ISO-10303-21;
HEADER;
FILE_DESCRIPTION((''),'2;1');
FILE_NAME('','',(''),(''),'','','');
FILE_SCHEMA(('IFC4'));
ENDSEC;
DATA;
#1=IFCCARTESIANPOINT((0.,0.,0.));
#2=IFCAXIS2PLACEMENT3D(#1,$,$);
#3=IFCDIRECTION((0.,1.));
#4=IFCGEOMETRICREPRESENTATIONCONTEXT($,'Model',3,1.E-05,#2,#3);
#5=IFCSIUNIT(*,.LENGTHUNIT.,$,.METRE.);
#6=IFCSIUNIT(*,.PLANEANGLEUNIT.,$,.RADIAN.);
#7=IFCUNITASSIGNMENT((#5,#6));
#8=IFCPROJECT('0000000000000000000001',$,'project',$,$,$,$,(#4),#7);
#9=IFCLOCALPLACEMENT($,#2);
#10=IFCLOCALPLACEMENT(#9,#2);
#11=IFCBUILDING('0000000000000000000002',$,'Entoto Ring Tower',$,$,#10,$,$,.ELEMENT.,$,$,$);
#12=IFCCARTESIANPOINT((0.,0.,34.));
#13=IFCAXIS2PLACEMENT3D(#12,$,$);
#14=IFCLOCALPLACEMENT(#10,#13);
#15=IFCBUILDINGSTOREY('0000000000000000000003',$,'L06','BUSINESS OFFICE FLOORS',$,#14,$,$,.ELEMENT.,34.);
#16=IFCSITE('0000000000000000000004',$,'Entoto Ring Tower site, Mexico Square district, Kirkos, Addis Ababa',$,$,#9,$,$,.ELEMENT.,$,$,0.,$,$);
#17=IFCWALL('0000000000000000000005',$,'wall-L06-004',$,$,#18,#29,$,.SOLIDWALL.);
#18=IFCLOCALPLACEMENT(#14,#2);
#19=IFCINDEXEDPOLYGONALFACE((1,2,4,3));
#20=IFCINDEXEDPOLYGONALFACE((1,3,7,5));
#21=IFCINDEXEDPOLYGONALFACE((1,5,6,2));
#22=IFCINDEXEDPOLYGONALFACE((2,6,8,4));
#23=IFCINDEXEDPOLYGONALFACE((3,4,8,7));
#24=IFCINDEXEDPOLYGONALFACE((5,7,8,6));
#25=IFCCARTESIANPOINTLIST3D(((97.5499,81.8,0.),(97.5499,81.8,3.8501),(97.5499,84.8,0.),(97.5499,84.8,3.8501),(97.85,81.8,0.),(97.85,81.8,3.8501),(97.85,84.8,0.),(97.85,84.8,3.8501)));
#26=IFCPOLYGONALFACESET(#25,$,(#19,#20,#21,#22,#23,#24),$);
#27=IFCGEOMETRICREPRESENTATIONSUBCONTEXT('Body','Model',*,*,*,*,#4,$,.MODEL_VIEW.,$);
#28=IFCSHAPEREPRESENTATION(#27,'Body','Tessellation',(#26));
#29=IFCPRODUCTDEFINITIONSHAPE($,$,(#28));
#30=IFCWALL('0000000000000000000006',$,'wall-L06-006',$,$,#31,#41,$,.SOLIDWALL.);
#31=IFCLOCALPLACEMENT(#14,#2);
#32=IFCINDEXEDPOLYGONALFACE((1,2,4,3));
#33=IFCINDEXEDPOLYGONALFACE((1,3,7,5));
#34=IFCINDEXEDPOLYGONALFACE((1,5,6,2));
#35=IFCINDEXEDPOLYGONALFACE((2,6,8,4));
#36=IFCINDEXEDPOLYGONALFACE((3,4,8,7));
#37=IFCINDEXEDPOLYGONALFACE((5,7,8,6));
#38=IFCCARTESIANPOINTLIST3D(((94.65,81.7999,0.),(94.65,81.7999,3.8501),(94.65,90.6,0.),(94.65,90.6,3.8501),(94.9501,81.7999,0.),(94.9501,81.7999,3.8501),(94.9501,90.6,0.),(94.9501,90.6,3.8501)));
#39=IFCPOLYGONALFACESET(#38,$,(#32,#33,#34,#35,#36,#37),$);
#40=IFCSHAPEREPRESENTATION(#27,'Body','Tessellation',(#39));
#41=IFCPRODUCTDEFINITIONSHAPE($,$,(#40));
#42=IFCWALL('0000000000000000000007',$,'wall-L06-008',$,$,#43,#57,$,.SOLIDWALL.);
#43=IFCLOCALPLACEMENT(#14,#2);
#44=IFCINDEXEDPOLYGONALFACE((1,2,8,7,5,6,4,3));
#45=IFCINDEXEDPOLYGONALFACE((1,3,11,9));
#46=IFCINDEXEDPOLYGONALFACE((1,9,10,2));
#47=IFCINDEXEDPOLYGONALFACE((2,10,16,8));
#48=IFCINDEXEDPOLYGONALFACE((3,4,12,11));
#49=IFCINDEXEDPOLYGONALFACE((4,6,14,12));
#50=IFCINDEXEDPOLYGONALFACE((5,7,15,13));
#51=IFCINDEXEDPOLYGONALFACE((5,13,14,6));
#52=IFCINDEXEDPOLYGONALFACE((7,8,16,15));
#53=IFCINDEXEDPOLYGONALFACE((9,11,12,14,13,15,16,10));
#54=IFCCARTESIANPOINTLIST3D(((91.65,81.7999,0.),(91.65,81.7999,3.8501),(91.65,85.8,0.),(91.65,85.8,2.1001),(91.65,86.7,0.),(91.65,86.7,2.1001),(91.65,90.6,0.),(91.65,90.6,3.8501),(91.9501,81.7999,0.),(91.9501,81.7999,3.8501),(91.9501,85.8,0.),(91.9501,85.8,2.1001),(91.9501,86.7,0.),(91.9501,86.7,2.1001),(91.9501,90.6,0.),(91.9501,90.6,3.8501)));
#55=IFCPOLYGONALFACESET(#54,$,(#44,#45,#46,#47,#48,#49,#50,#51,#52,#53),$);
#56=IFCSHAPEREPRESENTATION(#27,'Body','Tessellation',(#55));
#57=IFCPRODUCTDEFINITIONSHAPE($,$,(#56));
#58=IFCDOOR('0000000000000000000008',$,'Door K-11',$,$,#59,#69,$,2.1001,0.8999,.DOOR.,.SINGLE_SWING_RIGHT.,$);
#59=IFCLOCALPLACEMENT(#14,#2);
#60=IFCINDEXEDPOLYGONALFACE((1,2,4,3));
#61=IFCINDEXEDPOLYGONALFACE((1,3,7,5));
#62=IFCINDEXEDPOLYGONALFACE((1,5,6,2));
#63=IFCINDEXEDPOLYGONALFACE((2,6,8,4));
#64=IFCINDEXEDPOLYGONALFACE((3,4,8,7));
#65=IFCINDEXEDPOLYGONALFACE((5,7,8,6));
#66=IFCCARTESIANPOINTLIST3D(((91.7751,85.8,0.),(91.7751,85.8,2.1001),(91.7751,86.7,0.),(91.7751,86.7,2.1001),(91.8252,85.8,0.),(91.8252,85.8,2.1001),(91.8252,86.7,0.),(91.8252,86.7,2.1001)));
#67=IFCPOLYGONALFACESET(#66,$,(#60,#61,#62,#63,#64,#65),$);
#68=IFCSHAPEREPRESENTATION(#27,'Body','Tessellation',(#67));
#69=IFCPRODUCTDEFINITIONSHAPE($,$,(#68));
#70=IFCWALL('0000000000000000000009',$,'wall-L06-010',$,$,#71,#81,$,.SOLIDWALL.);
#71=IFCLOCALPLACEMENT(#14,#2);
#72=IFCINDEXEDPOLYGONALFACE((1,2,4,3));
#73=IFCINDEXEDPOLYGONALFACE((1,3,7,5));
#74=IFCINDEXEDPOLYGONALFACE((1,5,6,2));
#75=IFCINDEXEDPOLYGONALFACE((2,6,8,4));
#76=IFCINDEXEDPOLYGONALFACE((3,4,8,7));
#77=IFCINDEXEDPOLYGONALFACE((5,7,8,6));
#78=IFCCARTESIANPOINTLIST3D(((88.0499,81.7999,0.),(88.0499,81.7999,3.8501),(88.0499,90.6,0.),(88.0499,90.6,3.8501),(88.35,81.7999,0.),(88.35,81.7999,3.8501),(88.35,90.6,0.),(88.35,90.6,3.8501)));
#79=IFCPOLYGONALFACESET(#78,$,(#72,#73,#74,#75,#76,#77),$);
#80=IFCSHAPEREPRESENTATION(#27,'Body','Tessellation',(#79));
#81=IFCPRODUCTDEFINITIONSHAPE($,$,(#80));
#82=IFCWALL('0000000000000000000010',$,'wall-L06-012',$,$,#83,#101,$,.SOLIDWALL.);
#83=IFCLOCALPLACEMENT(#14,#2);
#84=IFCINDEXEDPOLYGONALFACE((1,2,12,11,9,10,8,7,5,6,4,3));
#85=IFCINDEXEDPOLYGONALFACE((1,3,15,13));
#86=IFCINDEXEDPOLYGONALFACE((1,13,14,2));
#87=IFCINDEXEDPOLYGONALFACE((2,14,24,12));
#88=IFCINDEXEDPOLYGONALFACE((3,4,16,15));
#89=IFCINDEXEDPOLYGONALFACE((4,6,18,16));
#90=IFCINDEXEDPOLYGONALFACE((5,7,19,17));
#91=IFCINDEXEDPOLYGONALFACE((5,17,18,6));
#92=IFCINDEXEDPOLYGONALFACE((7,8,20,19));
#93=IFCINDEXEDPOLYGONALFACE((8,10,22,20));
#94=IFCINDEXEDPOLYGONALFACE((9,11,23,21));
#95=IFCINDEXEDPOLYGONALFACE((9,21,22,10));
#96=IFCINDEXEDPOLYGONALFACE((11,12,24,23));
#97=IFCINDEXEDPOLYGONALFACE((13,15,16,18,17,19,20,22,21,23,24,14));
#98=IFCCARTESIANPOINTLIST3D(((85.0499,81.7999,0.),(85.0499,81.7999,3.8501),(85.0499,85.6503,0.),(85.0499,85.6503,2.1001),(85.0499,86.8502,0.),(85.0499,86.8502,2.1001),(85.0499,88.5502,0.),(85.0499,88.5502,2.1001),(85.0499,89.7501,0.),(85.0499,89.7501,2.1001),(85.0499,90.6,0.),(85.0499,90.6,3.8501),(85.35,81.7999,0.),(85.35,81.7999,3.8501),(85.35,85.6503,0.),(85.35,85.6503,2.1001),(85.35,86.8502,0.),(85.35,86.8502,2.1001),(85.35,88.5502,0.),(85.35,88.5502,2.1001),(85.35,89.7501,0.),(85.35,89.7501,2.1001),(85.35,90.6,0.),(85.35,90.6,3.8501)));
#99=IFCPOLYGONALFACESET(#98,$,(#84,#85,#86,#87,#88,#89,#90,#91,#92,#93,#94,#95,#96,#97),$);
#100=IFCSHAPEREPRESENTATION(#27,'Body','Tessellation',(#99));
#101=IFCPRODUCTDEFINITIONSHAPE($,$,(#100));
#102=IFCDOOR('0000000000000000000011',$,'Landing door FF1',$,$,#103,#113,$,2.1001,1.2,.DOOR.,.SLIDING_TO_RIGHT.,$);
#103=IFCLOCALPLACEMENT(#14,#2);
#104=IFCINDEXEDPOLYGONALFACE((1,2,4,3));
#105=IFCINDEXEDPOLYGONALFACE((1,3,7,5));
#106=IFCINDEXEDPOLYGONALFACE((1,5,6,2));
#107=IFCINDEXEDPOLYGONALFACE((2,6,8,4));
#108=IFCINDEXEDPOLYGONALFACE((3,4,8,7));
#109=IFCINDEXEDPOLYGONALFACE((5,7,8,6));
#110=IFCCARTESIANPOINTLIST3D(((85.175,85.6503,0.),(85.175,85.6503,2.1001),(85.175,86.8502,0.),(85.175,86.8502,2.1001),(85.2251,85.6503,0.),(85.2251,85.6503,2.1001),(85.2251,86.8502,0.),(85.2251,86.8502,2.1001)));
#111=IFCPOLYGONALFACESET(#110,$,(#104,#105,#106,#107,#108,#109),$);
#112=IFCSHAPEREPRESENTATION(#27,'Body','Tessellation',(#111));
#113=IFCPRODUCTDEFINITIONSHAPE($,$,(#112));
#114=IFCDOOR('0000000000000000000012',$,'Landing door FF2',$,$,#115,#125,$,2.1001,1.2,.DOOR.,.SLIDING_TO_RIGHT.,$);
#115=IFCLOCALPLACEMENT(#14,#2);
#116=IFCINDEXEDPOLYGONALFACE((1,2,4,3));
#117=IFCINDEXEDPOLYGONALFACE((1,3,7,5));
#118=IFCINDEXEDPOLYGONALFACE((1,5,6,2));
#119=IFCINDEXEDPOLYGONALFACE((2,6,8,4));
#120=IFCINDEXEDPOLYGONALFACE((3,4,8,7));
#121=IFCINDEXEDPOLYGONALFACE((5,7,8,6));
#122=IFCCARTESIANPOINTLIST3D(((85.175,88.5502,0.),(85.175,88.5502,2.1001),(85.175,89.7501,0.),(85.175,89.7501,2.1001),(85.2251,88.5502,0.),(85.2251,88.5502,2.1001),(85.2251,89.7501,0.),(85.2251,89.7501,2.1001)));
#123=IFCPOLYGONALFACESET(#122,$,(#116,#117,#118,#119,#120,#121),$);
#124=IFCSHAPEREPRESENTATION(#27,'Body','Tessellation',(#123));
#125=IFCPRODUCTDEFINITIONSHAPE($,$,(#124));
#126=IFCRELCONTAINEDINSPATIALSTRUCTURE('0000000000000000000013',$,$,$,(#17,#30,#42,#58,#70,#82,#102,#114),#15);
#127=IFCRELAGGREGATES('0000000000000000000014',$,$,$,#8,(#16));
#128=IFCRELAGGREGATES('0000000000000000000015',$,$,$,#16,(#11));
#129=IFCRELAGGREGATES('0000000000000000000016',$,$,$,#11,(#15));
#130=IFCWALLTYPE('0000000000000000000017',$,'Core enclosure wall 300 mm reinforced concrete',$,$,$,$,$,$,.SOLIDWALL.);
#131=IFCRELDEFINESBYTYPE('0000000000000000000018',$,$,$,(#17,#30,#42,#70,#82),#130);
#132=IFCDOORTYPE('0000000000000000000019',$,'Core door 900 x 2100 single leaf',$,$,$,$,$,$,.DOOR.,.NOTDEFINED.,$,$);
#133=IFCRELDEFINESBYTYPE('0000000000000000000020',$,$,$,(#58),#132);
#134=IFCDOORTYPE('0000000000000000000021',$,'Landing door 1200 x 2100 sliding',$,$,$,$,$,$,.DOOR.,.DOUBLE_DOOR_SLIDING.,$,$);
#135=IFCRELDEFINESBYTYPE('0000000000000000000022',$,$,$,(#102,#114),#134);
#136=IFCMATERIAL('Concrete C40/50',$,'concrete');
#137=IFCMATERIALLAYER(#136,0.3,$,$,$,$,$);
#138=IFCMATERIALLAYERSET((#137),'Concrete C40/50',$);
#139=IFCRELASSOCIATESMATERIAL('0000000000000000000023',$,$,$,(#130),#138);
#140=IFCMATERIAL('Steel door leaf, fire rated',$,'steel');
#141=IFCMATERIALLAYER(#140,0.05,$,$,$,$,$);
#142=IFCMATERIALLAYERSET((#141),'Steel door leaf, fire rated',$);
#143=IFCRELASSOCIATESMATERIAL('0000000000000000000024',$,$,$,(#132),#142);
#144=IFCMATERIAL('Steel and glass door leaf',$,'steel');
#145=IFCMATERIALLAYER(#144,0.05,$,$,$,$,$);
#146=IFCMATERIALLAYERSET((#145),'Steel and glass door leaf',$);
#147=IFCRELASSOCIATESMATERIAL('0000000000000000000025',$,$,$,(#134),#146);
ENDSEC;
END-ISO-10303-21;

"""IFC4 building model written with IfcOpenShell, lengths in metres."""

from ifc_helpers import new_model, si_unit, direction, frame, frame_2d, origin, place, context, subcontext, project, spatial, rectangle, extrude, material, layer, layer_set, type_object, element, fill, save


model = new_model("IFC4")

# Units and contexts
model_context = context("Model", 3, precision=1e-05, world=origin(), true_north=direction((0.0, 1.0)))
body_context = subcontext(model_context, "Body", "Model", "MODEL_VIEW")
ifc_project = project(units=[si_unit("LENGTHUNIT", "METRE"), si_unit("PLANEANGLEUNIT", "RADIAN")], contexts=[model_context])

# Site, building, storey
site_placement = place(None, origin())
site = spatial("IfcSite", under=ifc_project, at=site_placement, Name="Entoto Ring Tower site, Mexico Square district, Kirkos, Addis Ababa", CompositionType="ELEMENT", RefElevation=0.0)
building_placement = place(site_placement, origin())
building = spatial("IfcBuilding", under=site, at=building_placement, Name="Entoto Ring Tower", CompositionType="ELEMENT")
storey_placement = place(building_placement, frame((0.0, 0.0, 34.0)))
storey = spatial("IfcBuildingStorey", under=building, at=storey_placement, Name="L06", Description="BUSINESS OFFICE FLOORS", CompositionType="ELEMENT", Elevation=34.0)

# Walls
ifc_material_1 = material(Name="Concrete C40/50", Category="concrete")
ifc_layer_1 = layer(ifc_material_1, 0.3)
ifc_layer_set_1 = layer_set([ifc_layer_1], Name="Concrete C40/50")
wall_type = type_object("IfcWallType", Name="Core enclosure wall 300 mm reinforced concrete", PredefinedType="SOLIDWALL", material=ifc_layer_set_1)
wall_1_placement = place(storey_placement, frame((97.7, 81.8, 0.0), z_axis=(0.0, 0.0, 1.0), x_axis=(0.0, 1.0, 0.0)))
element("IfcWall", 1, at=wall_1_placement, inside=storey, type_object=wall_type, Name="wall-L06-004", PredefinedType="SOLIDWALL", context=body_context, shape_type="SweptSolid", body=[
    extrude(rectangle(XDim=3.0, YDim=0.3, at=frame_2d((1.5, 0.0))), origin(), (0.0, 0.0, 1.0), 3.8501),
])
wall_2_placement = place(storey_placement, frame((94.8, 81.8, 0.0), z_axis=(0.0, 0.0, 1.0), x_axis=(0.0, 1.0, 0.0)))
element("IfcWall", 2, at=wall_2_placement, inside=storey, type_object=wall_type, Name="wall-L06-006", PredefinedType="SOLIDWALL", context=body_context, shape_type="SweptSolid", body=[
    extrude(rectangle(XDim=8.8, YDim=0.3, at=frame_2d((4.3999, 0.0))), origin(), (0.0, 0.0, 1.0), 3.8501),
])

# Wall, opening, door
wall_3_placement = place(storey_placement, frame((91.8, 81.8, 0.0), z_axis=(0.0, 0.0, 1.0), x_axis=(0.0, 1.0, 0.0)))
wall_3 = element("IfcWall", 3, at=wall_3_placement, inside=storey, type_object=wall_type, Name="wall-L06-008", PredefinedType="SOLIDWALL", context=body_context, shape_type="SweptSolid", body=[
    extrude(rectangle(XDim=8.8, YDim=0.3, at=frame_2d((4.3999, 0.0))), origin(), (0.0, 0.0, 1.0), 3.8501),
])
opening_1_placement = place(wall_3_placement, frame((4.0, 0.0, 0.0)))
opening_1 = element("IfcOpeningElement", 4, at=opening_1_placement, cuts=wall_3, PredefinedType="OPENING", context=body_context, shape_type="SweptSolid", body=[
    extrude(rectangle(XDim=0.8999, YDim=2.1001, at=frame_2d((0.45, 1.05))), frame((0.0, 0.1602, 0.0), z_axis=(0.0, -1.0, 0.0), x_axis=(1.0, 0.0, 0.0)), (0.0, 0.0, 1.0), 0.3201),
])
ifc_material_2 = material(Name="Steel door leaf, fire rated", Category="steel")
ifc_layer_2 = layer(ifc_material_2, 0.05)
ifc_layer_set_2 = layer_set([ifc_layer_2], Name="Steel door leaf, fire rated")
door_type_1 = type_object("IfcDoorType", Name="Core door 900 x 2100 single leaf", OperationType="NOTDEFINED", PredefinedType="DOOR", material=ifc_layer_set_2)
door_1_placement = place(opening_1_placement, origin())
door_1 = element("IfcDoor", 5, at=door_1_placement, inside=storey, type_object=door_type_1, Name="Door K-11", OperationType="SINGLE_SWING_RIGHT", OverallHeight=2.1001, OverallWidth=0.8999, PredefinedType="DOOR", context=body_context, shape_type="SweptSolid", body=[
    extrude(rectangle(XDim=0.8999, YDim=2.1001, at=frame_2d((0.45, 1.05))), frame((0.0, 0.0249, 0.0), z_axis=(0.0, -1.0, 0.0), x_axis=(1.0, 0.0, 0.0)), (0.0, 0.0, 1.0), 0.05),
])
fill(opening_1, door_1)

# Wall
wall_4_placement = place(storey_placement, frame((88.2, 81.8, 0.0), z_axis=(0.0, 0.0, 1.0), x_axis=(0.0, 1.0, 0.0)))
element("IfcWall", 6, at=wall_4_placement, inside=storey, type_object=wall_type, Name="wall-L06-010", PredefinedType="SOLIDWALL", context=body_context, shape_type="SweptSolid", body=[
    extrude(rectangle(XDim=8.8, YDim=0.3, at=frame_2d((4.3999, 0.0))), origin(), (0.0, 0.0, 1.0), 3.8501),
])

# Wall, openings, doors
wall_5_placement = place(storey_placement, frame((85.2, 81.8, 0.0), z_axis=(0.0, 0.0, 1.0), x_axis=(0.0, 1.0, 0.0)))
wall_5 = element("IfcWall", 7, at=wall_5_placement, inside=storey, type_object=wall_type, Name="wall-L06-012", PredefinedType="SOLIDWALL", context=body_context, shape_type="SweptSolid", body=[
    extrude(rectangle(XDim=8.8, YDim=0.3, at=frame_2d((4.3999, 0.0))), origin(), (0.0, 0.0, 1.0), 3.8501),
])
opening_2_placement = place(wall_5_placement, frame((3.8501, 0.0, 0.0)))
opening_2 = element("IfcOpeningElement", 8, at=opening_2_placement, cuts=wall_5, PredefinedType="OPENING", context=body_context, shape_type="SweptSolid", body=[
    extrude(rectangle(XDim=1.2, YDim=2.1001, at=frame_2d((0.6001, 1.05))), frame((0.0, 0.1602, 0.0), z_axis=(0.0, -1.0, 0.0), x_axis=(1.0, 0.0, 0.0)), (0.0, 0.0, 1.0), 0.3201),
])
opening_3_placement = place(wall_5_placement, frame((6.75, 0.0, 0.0)))
opening_3 = element("IfcOpeningElement", 9, at=opening_3_placement, cuts=wall_5, PredefinedType="OPENING", context=body_context, shape_type="SweptSolid", body=[
    extrude(rectangle(XDim=1.2, YDim=2.1001, at=frame_2d((0.6001, 1.05))), frame((0.0, 0.1602, 0.0), z_axis=(0.0, -1.0, 0.0), x_axis=(1.0, 0.0, 0.0)), (0.0, 0.0, 1.0), 0.3201),
])
ifc_material_3 = material(Name="Steel and glass door leaf", Category="steel")
ifc_layer_3 = layer(ifc_material_3, 0.05)
ifc_layer_set_3 = layer_set([ifc_layer_3], Name="Steel and glass door leaf")
door_type_2 = type_object("IfcDoorType", Name="Landing door 1200 x 2100 sliding", OperationType="DOUBLE_DOOR_SLIDING", PredefinedType="DOOR", material=ifc_layer_set_3)
door_2_placement = place(opening_2_placement, origin())
door_2 = element("IfcDoor", 10, at=door_2_placement, inside=storey, type_object=door_type_2, Name="Landing door FF1", OperationType="SLIDING_TO_RIGHT", OverallHeight=2.1001, OverallWidth=1.2, PredefinedType="DOOR", context=body_context, shape_type="SweptSolid", body=[
    extrude(rectangle(XDim=1.2, YDim=2.1001, at=frame_2d((0.6001, 1.05))), frame((0.0, 0.0249, 0.0), z_axis=(0.0, -1.0, 0.0), x_axis=(1.0, 0.0, 0.0)), (0.0, 0.0, 1.0), 0.05),
])
fill(opening_2, door_2)
door_3_placement = place(opening_3_placement, origin())
door_3 = element("IfcDoor", 11, at=door_3_placement, inside=storey, type_object=door_type_2, Name="Landing door FF2", OperationType="SLIDING_TO_RIGHT", OverallHeight=2.1001, OverallWidth=1.2, PredefinedType="DOOR", context=body_context, shape_type="SweptSolid", body=[
    extrude(rectangle(XDim=1.2, YDim=2.1001, at=frame_2d((0.6001, 1.05))), frame((0.0, 0.0249, 0.0), z_axis=(0.0, -1.0, 0.0), x_axis=(1.0, 0.0, 0.0)), (0.0, 0.0, 1.0), 0.05),
])
fill(opening_3, door_3)

save(model, "model.ifc")
